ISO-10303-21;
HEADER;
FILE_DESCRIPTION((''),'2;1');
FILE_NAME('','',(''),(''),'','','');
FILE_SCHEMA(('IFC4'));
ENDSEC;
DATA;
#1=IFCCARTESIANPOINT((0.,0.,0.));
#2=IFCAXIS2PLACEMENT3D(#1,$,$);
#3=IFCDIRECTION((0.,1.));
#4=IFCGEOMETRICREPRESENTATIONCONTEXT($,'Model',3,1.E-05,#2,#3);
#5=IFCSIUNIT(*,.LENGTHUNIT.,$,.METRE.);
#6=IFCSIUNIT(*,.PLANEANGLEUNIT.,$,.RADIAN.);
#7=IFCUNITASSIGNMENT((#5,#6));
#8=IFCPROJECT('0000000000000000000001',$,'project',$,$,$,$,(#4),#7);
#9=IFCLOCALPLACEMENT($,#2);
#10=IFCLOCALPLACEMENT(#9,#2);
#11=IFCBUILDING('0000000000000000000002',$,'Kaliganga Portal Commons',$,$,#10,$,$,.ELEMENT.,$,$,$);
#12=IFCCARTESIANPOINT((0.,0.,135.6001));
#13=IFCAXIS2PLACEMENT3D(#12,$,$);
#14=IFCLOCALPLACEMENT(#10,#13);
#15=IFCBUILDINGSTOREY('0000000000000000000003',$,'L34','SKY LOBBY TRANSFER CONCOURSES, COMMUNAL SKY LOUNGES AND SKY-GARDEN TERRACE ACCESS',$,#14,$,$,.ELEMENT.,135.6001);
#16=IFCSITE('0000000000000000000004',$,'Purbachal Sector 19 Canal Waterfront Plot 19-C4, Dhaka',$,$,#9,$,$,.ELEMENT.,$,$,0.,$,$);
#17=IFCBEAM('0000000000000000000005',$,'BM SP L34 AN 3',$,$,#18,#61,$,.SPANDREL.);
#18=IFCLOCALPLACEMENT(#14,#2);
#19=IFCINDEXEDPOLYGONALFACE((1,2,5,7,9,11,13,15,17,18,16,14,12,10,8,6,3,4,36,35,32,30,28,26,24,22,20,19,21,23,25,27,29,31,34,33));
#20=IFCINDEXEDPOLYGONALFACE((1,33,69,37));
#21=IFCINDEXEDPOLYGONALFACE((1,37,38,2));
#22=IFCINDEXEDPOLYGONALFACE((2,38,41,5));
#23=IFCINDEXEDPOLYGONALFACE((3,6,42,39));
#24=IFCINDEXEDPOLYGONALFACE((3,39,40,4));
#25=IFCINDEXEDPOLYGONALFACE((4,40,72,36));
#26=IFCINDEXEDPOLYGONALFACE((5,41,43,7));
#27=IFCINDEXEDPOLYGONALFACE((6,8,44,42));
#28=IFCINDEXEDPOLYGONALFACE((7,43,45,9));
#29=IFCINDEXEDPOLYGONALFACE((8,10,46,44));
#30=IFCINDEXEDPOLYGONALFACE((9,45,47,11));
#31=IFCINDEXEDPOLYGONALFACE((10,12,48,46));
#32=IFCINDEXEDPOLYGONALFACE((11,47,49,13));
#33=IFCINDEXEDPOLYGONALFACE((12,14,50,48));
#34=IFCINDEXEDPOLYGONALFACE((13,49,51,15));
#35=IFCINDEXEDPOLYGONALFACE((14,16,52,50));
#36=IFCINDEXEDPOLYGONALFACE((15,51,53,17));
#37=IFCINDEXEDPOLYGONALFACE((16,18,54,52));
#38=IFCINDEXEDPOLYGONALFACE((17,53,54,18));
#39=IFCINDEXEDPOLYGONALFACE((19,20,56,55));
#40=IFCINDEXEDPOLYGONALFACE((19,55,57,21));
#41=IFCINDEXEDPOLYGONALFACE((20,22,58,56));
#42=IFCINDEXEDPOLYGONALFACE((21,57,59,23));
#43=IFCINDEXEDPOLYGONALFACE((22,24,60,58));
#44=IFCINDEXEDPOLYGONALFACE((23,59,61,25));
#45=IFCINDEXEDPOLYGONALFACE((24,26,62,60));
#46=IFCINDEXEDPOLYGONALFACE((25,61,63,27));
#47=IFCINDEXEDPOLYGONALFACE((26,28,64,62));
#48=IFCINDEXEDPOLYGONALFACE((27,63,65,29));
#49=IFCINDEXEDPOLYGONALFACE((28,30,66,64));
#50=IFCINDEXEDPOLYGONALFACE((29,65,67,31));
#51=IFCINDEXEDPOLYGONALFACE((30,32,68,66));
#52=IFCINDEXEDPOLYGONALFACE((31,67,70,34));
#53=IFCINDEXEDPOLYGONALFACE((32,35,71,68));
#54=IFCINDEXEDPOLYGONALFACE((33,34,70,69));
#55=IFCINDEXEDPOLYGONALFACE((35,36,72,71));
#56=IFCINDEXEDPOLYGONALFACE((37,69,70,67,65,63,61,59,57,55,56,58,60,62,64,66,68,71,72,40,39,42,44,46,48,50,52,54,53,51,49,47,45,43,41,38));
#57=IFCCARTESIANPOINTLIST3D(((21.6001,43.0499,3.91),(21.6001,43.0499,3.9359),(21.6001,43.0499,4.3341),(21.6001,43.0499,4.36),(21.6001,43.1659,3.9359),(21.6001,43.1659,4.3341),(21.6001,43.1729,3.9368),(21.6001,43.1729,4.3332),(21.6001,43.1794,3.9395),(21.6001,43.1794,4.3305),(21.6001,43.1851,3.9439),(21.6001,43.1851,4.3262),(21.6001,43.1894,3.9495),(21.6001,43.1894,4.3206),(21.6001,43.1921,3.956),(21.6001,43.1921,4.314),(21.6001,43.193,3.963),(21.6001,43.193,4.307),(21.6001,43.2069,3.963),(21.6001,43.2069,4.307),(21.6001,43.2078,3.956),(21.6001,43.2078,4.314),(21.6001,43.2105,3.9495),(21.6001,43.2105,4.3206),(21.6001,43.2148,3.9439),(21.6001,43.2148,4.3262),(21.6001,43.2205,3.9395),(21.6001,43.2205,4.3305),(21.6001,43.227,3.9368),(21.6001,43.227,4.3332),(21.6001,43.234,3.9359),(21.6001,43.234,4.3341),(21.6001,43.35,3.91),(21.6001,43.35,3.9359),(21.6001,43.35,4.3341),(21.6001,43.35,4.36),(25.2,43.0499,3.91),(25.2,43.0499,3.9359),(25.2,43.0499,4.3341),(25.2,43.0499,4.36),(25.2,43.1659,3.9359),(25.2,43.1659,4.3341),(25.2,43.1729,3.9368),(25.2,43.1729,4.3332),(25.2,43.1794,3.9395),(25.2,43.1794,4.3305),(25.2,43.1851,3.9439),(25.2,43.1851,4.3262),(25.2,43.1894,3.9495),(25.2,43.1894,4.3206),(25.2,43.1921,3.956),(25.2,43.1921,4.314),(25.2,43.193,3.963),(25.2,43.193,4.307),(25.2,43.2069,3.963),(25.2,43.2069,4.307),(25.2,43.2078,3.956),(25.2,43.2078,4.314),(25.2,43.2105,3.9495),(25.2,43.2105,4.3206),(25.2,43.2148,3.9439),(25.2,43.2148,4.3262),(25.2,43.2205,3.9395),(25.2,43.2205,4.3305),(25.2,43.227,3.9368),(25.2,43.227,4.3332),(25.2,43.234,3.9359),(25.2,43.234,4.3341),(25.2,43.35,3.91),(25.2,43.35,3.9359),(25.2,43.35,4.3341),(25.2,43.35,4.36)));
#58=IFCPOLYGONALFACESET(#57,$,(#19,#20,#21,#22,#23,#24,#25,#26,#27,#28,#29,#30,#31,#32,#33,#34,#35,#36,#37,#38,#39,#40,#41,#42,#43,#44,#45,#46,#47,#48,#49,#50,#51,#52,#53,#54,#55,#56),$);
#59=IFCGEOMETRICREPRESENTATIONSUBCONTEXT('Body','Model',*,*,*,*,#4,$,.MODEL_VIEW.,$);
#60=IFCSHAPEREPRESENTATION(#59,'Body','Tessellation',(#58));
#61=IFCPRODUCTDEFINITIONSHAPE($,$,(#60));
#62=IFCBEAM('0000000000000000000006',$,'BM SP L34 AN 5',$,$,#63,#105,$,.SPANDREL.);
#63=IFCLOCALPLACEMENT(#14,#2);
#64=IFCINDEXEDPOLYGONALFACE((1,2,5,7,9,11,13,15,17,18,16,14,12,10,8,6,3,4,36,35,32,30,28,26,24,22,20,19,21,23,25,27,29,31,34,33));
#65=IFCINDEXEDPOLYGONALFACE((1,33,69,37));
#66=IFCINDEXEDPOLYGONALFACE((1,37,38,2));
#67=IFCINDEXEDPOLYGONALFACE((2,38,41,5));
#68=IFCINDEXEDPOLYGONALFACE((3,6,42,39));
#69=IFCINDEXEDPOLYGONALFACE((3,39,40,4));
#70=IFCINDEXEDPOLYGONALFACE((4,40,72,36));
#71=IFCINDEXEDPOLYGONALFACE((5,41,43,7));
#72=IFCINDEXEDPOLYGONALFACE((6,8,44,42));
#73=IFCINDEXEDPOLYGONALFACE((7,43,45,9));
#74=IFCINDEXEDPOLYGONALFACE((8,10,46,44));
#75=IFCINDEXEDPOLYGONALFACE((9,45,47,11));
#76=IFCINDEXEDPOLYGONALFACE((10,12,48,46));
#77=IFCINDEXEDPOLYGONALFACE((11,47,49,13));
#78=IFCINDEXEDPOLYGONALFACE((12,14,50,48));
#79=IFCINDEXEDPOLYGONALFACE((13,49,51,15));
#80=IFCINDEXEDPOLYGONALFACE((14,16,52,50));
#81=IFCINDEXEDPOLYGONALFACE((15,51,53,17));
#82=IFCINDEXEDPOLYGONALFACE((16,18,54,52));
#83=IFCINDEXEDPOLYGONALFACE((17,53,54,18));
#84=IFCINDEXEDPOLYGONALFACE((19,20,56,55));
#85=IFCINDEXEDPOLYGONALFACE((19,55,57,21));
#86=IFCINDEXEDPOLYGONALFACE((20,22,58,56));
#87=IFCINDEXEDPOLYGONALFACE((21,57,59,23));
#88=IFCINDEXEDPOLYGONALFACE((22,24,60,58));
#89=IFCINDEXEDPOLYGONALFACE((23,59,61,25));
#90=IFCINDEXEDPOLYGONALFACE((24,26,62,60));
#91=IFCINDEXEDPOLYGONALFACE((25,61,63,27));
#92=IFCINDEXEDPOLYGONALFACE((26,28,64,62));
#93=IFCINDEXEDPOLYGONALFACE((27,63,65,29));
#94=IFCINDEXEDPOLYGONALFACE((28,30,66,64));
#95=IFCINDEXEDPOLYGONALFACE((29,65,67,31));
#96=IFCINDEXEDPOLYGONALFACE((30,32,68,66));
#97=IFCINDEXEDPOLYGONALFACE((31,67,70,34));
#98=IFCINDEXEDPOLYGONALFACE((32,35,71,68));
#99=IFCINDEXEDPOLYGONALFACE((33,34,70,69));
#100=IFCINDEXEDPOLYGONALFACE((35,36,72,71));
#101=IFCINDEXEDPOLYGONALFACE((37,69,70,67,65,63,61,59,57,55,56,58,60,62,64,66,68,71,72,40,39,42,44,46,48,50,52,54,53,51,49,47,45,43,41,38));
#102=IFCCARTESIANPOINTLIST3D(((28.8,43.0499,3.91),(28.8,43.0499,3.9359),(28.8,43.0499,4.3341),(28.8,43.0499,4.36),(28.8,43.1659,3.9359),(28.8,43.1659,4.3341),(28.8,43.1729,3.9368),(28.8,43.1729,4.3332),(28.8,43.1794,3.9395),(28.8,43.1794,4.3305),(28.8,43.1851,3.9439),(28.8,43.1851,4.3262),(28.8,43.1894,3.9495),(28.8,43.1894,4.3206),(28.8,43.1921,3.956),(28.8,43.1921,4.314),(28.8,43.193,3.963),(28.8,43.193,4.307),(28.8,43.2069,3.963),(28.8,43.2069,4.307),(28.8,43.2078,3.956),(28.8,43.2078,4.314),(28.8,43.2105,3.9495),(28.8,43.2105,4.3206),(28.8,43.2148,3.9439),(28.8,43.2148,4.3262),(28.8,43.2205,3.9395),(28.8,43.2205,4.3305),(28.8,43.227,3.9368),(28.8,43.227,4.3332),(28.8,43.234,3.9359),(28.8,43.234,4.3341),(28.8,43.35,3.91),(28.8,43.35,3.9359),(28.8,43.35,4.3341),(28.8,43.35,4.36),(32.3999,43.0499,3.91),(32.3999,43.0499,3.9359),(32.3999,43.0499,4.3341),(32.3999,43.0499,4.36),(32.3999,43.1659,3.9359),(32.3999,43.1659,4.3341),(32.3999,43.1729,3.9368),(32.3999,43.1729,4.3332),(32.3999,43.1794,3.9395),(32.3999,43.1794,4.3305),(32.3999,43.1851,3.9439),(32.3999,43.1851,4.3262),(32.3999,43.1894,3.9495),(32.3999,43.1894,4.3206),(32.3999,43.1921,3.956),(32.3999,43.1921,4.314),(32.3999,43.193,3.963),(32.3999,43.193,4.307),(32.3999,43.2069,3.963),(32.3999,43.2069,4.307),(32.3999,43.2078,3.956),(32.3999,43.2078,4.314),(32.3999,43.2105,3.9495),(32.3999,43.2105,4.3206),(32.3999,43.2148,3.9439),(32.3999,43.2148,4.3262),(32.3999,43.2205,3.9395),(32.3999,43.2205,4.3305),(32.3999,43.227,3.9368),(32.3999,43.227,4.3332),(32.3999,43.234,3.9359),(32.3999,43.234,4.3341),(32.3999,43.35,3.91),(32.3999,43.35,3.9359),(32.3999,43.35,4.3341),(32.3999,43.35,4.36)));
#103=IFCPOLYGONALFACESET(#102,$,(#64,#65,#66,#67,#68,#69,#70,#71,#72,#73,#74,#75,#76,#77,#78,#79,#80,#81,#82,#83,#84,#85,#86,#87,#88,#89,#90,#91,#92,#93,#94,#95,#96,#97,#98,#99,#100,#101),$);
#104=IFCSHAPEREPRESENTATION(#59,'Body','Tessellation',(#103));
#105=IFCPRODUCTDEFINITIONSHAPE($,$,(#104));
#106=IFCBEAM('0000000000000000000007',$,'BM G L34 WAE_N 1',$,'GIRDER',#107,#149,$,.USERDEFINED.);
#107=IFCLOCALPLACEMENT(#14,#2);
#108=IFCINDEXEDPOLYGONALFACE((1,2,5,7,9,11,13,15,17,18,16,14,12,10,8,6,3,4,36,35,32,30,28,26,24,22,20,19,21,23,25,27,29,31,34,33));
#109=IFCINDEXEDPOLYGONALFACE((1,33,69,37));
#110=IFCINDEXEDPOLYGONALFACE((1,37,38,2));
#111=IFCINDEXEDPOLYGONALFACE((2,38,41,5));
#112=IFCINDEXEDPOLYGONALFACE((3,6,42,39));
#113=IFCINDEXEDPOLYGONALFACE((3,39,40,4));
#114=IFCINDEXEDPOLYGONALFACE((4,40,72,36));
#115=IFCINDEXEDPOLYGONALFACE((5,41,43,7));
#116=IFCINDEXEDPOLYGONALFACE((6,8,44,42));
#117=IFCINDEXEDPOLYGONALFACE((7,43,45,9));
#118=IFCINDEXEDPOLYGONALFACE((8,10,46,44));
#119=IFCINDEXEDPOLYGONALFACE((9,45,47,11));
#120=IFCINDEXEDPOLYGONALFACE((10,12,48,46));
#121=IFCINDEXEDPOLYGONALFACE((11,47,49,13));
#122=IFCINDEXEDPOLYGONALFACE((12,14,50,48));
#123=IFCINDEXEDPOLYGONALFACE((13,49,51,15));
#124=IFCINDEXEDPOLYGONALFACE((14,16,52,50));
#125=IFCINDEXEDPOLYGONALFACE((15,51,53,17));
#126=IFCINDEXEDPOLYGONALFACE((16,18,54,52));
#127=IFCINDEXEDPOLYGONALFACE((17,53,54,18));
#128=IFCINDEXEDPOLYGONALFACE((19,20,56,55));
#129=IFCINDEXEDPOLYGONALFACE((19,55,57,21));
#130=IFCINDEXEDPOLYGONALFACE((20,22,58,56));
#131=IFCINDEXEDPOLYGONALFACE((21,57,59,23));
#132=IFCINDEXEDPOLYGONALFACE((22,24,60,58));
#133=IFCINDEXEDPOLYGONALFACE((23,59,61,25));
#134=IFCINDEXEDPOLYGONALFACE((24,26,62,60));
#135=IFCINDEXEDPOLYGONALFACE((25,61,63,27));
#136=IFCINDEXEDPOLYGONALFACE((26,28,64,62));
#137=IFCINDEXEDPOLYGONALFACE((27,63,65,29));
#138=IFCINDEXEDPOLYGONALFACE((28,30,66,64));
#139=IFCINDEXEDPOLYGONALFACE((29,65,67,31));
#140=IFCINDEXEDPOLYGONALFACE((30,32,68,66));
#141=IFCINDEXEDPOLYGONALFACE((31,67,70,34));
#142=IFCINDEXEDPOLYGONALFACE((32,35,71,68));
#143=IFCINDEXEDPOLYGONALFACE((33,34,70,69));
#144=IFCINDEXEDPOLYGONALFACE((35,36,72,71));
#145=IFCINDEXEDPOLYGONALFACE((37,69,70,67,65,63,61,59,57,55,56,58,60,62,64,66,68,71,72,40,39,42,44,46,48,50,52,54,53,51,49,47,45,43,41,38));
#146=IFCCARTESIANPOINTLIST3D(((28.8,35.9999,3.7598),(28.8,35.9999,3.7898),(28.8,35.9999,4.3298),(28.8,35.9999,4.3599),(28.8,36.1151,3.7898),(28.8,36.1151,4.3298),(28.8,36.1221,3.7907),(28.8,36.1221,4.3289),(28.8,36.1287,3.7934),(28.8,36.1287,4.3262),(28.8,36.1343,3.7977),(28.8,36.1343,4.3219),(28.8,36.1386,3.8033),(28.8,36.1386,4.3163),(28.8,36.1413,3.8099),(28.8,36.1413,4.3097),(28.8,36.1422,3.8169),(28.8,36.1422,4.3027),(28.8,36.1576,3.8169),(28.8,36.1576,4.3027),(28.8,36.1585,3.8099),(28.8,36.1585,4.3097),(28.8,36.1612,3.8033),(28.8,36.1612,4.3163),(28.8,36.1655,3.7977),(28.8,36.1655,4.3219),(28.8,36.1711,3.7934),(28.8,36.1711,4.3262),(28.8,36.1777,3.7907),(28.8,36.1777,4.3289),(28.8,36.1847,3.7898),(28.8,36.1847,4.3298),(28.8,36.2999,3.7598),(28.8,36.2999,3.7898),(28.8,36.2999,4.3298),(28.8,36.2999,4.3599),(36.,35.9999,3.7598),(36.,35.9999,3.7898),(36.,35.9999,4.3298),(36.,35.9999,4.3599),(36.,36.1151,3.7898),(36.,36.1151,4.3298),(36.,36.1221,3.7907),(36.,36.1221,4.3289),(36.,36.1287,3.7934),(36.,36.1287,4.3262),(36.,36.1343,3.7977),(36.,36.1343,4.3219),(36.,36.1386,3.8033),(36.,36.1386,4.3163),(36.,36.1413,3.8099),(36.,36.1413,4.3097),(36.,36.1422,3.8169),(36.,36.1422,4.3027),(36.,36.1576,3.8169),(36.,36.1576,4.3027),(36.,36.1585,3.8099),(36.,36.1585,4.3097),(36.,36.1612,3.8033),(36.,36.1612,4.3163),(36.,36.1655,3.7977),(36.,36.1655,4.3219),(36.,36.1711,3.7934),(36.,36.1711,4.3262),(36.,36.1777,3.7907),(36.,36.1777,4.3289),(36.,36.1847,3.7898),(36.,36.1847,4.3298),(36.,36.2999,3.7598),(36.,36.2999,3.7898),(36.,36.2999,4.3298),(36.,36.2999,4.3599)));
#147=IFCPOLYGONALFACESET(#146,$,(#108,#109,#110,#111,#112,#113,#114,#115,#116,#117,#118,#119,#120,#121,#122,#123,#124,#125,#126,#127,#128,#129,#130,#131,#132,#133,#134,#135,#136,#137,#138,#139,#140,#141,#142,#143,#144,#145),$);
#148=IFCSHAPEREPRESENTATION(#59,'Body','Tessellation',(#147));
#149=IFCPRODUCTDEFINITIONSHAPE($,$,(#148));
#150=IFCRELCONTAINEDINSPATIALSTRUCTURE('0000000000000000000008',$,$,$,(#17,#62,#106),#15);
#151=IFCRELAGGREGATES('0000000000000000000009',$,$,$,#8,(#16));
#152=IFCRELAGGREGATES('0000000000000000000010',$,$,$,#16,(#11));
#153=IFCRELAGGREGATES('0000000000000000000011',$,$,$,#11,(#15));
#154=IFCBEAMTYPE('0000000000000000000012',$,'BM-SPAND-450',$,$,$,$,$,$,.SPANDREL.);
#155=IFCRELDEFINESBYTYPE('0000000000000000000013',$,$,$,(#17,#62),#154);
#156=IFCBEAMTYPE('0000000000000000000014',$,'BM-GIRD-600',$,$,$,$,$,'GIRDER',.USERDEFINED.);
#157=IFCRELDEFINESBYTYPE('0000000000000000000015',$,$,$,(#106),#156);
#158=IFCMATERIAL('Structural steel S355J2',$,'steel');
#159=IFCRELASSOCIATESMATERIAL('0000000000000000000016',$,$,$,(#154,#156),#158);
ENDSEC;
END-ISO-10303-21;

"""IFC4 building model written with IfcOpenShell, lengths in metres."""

from ifc_helpers import new_model, si_unit, direction, frame, origin, origin_2d, place, context, subcontext, project, spatial, i_section, extrude, source, transform, mapped, material, material_profile, profile_set, type_object, element, save


model = new_model("IFC4")

# Units and contexts
model_context = context("Model", 3, precision=1e-05, world=origin(), true_north=direction((0.0, 1.0)))
body_context = subcontext(model_context, "Body", "Model", "MODEL_VIEW")
ifc_project = project(units=[si_unit("LENGTHUNIT", "METRE"), si_unit("PLANEANGLEUNIT", "RADIAN")], contexts=[model_context])

# Site, building, storey
site_placement = place(None, origin())
site = spatial("IfcSite", under=ifc_project, at=site_placement, Name="Purbachal Sector 19 Canal Waterfront Plot 19-C4, Dhaka", CompositionType="ELEMENT", RefElevation=0.0)
building_placement = place(site_placement, origin())
building = spatial("IfcBuilding", under=site, at=building_placement, Name="Kaliganga Portal Commons", CompositionType="ELEMENT")
storey_placement = place(building_placement, frame((0.0, 0.0, 135.6001)))
storey = spatial("IfcBuildingStorey", under=building, at=storey_placement, Name="L34", Description="SKY LOBBY TRANSFER CONCOURSES, COMMUNAL SKY LOUNGES AND SKY-GARDEN TERRACE ACCESS", CompositionType="ELEMENT", Elevation=135.6001)

# Beams
ifc_material_1 = material(Name="Structural steel S355J2", Category="steel")
ifc_material_profile_1 = material_profile(ifc_material_1, i_section(OverallWidth=0.3, OverallDepth=0.45, WebThickness=0.0139, FlangeThickness=0.0259, FilletRadius=0.0271, at=origin_2d()), Name="HE 450 B")
ifc_profile_set_1 = profile_set([ifc_material_profile_1], Name="Structural steel S355J2 wide-flange")
beam_type_1 = type_object("IfcBeamType", Name="BM-SPAND-450", PredefinedType="SPANDREL", material=ifc_profile_set_1)
shared_shape_1 = source(origin(), body_context, "Body", "SweptSolid", [
    extrude(i_section(OverallWidth=0.3, OverallDepth=0.45, WebThickness=0.0139, FlangeThickness=0.0259, FilletRadius=0.0271, at=origin_2d()), origin(), (0.0, 0.0, 1.0), 3.5999),
])
for number, where, z_axis, x_axis, name in (
    (1, (21.6001, 43.2, 4.135), (1.0, 0.0, 0.0), (0.0, 1.0, 0.0), "BM SP L34 AN 3"),
    (2, (28.8, 43.2, 4.135), (1.0, 0.0, 0.0), (0.0, 1.0, 0.0), "BM SP L34 AN 5"),
):
    element("IfcBeam", number, at=place(storey_placement, frame(where, z_axis=z_axis, x_axis=x_axis)), inside=storey, type_object=beam_type_1, Name=name, PredefinedType="SPANDREL", context=body_context, shape_type="MappedRepresentation", body=[
        mapped(shared_shape_1, transform((0.0, 0.0, 0.0), x_axis=(1.0, 0.0, 0.0), y_axis=(0.0, 1.0, 0.0), z_axis=(0.0, 0.0, 1.0), scale=1.0)),
    ])
ifc_material_profile_2 = material_profile(ifc_material_1, i_section(OverallWidth=0.3, OverallDepth=0.6001, WebThickness=0.0154, FlangeThickness=0.03, FilletRadius=0.0271, at=origin_2d()), Name="HE 600 B")
ifc_profile_set_2 = profile_set([ifc_material_profile_2], Name="Structural steel S355J2 wide-flange")
beam_type_2 = type_object("IfcBeamType", Name="BM-GIRD-600", ElementType="GIRDER", PredefinedType="USERDEFINED", material=ifc_profile_set_2)
shared_shape_2 = source(origin(), body_context, "Body", "SweptSolid", [
    extrude(i_section(OverallWidth=0.3, OverallDepth=0.6001, WebThickness=0.0154, FlangeThickness=0.03, FilletRadius=0.0271, at=origin_2d()), origin(), (0.0, 0.0, 1.0), 7.2),
])
beam_1_placement = place(storey_placement, frame((28.8, 36.1499, 4.0598), z_axis=(1.0, 0.0, 0.0), x_axis=(0.0, 1.0, 0.0)))
element("IfcBeam", 3, at=beam_1_placement, inside=storey, type_object=beam_type_2, Name="BM G L34 WAE_N 1", ObjectType="GIRDER", PredefinedType="USERDEFINED", context=body_context, shape_type="MappedRepresentation", body=[
    mapped(shared_shape_2, transform((0.0, 0.0, 0.0), x_axis=(1.0, 0.0, 0.0), y_axis=(0.0, 1.0, 0.0), z_axis=(0.0, 0.0, 1.0), scale=1.0)),
])

save(model, "model.ifc")
